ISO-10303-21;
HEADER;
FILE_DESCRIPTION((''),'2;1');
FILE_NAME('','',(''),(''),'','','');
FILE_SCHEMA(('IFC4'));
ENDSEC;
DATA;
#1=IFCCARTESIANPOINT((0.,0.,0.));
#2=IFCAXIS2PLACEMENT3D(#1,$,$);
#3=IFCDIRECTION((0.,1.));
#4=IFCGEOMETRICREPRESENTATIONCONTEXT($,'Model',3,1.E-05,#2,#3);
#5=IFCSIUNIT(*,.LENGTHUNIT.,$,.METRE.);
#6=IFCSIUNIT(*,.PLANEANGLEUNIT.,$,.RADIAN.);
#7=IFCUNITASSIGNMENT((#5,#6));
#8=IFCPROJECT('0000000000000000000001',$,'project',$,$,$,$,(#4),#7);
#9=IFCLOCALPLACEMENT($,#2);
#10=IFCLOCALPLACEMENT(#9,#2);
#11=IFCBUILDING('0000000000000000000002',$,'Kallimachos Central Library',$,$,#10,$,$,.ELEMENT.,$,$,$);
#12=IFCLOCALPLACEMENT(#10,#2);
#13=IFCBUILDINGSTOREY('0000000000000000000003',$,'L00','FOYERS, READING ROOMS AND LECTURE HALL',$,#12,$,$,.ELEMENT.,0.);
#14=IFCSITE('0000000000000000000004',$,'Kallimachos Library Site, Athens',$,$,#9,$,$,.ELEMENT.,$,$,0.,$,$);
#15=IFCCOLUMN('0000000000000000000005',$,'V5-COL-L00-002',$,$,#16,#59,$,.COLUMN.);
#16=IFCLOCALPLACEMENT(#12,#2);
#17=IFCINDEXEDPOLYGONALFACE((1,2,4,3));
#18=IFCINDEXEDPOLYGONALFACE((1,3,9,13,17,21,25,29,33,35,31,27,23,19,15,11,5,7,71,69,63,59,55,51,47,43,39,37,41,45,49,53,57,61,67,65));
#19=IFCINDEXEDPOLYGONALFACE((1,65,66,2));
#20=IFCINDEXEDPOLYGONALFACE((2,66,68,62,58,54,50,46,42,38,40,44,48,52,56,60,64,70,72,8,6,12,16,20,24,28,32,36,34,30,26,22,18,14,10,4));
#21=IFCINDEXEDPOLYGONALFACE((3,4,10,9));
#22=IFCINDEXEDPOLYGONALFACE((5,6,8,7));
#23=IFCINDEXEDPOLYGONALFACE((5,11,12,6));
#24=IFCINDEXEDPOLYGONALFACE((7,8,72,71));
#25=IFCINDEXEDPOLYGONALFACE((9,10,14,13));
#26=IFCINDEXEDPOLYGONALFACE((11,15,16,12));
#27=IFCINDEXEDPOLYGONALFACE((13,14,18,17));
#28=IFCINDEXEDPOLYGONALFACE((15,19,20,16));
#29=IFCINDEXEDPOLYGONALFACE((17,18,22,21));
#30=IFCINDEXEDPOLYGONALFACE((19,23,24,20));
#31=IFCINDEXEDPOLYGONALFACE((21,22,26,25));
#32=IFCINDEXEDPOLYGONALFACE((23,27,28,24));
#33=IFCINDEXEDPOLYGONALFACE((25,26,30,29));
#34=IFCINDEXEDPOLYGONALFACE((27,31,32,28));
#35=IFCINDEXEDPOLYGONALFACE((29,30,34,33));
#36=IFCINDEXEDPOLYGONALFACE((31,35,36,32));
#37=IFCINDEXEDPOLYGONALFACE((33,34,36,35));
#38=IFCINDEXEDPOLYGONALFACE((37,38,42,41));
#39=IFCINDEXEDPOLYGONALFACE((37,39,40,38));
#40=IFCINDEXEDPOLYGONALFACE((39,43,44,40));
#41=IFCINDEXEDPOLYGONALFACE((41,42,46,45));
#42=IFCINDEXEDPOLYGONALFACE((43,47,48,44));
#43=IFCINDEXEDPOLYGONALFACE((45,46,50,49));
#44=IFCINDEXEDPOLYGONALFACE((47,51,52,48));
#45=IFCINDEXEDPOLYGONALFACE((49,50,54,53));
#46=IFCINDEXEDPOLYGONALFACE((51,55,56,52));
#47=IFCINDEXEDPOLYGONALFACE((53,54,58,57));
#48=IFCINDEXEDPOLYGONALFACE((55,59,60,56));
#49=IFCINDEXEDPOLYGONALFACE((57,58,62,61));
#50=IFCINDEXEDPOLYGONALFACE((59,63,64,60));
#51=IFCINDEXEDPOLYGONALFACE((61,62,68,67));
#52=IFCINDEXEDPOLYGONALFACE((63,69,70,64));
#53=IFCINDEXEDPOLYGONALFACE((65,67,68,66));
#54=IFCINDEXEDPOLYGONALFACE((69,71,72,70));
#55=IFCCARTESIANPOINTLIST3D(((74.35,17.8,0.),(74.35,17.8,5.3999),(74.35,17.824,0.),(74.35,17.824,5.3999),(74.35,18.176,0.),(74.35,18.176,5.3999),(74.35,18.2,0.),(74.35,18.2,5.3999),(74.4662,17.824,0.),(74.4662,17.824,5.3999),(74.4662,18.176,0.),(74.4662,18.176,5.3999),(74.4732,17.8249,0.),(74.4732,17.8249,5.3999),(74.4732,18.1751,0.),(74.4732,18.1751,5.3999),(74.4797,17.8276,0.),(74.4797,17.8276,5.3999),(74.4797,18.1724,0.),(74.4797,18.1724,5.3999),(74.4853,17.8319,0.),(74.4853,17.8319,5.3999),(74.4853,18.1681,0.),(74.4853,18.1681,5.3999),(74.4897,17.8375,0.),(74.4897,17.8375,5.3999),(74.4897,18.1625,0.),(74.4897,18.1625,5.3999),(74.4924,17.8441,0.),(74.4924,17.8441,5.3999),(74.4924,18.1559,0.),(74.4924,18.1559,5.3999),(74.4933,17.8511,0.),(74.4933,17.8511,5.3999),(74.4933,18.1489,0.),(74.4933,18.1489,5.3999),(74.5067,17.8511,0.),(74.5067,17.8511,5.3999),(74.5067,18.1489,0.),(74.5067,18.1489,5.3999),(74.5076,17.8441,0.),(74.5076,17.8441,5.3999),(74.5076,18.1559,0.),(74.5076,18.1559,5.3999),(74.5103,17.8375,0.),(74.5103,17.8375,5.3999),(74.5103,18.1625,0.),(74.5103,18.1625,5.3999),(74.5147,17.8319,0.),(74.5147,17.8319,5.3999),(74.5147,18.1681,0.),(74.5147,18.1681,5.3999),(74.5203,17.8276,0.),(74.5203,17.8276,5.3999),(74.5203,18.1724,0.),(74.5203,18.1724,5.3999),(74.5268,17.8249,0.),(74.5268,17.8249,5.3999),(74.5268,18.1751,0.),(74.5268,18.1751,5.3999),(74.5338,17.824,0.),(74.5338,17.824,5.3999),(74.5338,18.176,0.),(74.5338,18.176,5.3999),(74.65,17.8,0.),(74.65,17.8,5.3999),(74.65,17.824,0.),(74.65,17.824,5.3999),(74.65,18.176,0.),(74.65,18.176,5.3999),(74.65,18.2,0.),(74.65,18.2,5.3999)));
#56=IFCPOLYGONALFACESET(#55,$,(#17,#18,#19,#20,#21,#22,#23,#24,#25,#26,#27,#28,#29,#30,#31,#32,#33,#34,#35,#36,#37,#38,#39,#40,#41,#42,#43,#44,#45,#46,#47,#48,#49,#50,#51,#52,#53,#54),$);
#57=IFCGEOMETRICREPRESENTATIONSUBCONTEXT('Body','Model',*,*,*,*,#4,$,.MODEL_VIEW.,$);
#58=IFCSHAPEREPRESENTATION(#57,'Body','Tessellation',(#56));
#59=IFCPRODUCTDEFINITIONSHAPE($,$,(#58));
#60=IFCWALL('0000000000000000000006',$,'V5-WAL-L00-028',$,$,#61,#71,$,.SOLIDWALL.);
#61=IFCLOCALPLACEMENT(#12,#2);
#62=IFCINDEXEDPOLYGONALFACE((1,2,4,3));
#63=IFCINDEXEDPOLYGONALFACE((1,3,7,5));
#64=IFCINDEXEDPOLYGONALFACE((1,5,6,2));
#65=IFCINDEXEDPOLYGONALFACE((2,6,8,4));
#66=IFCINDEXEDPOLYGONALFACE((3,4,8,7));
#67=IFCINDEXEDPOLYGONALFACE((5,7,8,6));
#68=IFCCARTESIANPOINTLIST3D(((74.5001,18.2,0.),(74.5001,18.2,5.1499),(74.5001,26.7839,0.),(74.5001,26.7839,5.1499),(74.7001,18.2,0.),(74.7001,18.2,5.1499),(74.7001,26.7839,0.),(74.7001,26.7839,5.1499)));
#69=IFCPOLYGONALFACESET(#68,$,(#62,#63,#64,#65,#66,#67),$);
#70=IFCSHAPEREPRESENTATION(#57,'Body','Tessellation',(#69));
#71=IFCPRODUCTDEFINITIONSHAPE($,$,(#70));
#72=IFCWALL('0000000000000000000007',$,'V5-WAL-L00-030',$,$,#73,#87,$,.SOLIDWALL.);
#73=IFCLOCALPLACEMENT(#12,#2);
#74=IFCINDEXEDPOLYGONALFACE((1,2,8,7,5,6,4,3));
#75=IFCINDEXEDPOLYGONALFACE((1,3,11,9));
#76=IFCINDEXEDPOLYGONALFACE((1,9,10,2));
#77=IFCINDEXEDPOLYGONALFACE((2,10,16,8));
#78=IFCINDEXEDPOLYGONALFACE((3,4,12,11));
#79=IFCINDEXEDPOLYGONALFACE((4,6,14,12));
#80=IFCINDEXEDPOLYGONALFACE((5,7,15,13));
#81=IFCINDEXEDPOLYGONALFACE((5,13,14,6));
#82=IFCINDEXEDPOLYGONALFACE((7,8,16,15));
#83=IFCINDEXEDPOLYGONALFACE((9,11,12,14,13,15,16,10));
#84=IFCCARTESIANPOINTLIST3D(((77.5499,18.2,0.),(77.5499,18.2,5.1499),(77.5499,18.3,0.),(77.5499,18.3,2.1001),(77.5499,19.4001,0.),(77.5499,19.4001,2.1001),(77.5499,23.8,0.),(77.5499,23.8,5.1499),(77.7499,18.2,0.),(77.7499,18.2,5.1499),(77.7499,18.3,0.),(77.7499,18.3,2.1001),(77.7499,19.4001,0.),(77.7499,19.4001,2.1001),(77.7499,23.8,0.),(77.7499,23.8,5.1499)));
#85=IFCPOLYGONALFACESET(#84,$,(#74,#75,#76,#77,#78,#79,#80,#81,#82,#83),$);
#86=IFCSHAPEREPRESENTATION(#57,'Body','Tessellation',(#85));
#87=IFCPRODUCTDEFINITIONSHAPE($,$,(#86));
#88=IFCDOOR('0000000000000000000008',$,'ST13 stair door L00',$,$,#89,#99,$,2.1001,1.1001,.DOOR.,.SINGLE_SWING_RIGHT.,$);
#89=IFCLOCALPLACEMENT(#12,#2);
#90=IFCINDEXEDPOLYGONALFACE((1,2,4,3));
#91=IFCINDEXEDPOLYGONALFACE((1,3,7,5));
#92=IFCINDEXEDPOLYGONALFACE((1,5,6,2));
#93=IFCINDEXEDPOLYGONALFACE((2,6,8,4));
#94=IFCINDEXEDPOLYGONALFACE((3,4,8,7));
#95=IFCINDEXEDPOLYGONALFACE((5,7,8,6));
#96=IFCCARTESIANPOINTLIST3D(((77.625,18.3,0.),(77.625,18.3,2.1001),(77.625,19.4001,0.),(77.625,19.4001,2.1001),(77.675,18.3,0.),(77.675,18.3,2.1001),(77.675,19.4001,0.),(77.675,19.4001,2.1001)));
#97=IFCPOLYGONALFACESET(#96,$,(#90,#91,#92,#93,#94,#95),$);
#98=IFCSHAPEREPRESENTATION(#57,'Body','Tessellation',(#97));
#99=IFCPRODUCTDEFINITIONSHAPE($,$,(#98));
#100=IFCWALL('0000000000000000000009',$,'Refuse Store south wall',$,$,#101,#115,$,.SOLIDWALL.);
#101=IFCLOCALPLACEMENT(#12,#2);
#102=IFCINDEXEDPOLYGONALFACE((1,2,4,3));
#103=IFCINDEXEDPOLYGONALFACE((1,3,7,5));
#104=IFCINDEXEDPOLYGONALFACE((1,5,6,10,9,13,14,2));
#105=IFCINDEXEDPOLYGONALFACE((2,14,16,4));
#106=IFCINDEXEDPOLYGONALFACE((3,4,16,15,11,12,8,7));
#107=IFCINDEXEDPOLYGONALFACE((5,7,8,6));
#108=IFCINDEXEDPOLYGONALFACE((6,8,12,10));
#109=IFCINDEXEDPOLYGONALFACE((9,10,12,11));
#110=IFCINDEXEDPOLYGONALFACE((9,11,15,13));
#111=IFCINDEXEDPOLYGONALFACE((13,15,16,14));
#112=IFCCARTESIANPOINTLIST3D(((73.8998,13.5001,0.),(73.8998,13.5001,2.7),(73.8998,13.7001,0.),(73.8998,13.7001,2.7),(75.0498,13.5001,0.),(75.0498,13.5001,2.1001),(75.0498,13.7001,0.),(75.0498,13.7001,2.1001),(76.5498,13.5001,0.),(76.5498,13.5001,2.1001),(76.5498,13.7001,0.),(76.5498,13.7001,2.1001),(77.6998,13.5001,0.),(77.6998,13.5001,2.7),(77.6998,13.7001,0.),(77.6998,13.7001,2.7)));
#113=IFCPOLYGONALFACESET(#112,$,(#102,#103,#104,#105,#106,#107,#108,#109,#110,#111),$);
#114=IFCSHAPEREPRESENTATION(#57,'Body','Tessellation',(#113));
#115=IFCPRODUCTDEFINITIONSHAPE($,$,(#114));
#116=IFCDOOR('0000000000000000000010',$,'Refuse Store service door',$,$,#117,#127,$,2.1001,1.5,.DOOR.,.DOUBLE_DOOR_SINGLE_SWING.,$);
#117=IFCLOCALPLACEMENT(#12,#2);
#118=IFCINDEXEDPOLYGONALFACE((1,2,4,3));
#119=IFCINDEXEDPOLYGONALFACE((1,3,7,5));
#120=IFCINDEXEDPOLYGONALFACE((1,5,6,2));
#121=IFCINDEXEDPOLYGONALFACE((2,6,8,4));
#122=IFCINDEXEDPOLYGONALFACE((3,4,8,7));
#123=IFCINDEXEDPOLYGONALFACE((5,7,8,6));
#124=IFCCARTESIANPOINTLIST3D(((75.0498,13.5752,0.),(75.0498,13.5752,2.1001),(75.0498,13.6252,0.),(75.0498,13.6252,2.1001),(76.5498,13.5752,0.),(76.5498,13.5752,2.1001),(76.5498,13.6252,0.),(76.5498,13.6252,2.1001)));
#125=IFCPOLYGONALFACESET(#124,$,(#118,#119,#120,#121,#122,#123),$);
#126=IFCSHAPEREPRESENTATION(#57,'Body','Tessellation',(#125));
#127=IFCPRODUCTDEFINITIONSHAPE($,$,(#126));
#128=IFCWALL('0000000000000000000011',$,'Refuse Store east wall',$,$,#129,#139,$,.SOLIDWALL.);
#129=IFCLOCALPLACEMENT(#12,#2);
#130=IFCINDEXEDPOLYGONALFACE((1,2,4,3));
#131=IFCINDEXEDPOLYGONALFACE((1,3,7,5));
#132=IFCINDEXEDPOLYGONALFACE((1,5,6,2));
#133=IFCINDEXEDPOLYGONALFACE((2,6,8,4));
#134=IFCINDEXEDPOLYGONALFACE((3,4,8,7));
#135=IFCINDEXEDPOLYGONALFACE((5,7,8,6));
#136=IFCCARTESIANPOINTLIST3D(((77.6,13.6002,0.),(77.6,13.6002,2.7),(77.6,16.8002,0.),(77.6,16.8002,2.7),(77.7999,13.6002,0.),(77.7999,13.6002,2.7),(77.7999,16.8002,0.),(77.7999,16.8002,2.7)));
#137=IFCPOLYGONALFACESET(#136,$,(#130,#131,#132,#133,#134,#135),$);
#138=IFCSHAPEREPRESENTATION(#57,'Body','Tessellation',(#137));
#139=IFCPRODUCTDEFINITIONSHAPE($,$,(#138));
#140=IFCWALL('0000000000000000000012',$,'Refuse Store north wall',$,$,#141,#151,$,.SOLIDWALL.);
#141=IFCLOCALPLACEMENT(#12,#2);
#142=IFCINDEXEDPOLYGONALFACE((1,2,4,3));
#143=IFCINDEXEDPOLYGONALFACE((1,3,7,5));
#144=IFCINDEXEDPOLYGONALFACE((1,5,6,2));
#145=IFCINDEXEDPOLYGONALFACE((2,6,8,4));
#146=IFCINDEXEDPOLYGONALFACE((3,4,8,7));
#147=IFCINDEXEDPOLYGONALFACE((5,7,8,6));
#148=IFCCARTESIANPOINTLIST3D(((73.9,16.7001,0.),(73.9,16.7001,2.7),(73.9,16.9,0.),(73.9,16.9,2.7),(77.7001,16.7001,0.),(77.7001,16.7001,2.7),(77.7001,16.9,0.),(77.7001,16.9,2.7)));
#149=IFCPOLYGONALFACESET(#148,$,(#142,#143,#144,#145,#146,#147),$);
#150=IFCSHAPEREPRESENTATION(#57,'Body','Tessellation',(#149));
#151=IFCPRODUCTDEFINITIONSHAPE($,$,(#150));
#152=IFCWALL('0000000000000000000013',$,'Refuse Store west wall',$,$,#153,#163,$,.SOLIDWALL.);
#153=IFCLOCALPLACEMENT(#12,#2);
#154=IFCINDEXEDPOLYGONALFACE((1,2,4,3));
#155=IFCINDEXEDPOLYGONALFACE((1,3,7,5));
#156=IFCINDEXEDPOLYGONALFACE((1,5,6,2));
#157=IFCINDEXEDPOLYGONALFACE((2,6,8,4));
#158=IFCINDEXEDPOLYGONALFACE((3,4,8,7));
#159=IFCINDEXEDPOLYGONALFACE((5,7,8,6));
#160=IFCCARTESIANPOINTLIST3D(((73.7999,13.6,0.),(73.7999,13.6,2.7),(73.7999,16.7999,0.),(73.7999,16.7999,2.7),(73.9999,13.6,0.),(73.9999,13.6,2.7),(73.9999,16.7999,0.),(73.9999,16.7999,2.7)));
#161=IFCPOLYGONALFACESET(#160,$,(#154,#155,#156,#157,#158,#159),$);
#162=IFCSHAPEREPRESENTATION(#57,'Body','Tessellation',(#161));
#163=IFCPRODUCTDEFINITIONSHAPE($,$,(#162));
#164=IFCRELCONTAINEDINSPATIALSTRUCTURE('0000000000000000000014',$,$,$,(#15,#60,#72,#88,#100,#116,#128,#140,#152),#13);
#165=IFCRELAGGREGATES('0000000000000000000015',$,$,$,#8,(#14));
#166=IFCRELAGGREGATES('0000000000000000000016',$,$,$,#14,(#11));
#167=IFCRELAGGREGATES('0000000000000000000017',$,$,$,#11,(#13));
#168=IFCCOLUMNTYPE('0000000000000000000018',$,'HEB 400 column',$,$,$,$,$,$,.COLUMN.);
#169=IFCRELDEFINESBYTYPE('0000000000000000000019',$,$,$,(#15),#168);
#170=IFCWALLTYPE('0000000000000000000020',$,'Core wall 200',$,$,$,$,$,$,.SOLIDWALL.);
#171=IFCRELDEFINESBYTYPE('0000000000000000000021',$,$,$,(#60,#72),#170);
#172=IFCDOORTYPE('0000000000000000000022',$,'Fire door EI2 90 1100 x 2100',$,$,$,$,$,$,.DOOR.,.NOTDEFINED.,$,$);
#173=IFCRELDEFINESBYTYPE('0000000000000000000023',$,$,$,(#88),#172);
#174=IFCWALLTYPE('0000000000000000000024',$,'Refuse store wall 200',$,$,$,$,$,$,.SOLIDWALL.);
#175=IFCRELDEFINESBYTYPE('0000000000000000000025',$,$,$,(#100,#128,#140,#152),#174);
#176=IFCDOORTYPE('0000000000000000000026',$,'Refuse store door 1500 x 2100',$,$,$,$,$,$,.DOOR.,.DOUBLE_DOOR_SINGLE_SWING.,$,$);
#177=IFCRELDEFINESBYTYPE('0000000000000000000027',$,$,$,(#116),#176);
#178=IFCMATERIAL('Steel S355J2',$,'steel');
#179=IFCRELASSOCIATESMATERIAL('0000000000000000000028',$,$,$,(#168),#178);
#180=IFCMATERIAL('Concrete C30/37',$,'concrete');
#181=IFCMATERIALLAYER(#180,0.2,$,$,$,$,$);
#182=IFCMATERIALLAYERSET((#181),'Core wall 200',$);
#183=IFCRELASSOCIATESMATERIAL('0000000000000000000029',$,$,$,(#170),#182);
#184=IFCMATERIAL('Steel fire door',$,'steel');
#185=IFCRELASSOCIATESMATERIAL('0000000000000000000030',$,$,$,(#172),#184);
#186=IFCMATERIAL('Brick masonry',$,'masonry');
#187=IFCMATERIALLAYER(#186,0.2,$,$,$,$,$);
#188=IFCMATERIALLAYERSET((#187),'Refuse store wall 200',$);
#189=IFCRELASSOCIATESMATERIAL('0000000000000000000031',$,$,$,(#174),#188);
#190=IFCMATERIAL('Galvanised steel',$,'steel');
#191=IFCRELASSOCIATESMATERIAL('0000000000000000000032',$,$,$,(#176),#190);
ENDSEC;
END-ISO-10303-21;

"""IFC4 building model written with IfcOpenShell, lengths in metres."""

from ifc_helpers import new_model, si_unit, direction, frame, frame_2d, origin, origin_2d, place, context, subcontext, project, spatial, rectangle, i_section, extrude, material, layer, layer_set, material_profile, profile_set, type_object, element, fill, save


model = new_model("IFC4")

# Units and contexts
model_context = context("Model", 3, precision=1e-05, world=origin(), true_north=direction((0.0, 1.0)))
body_context = subcontext(model_context, "Body", "Model", "MODEL_VIEW")
ifc_project = project(units=[si_unit("LENGTHUNIT", "METRE"), si_unit("PLANEANGLEUNIT", "RADIAN")], contexts=[model_context])

# Site, building, storey
site_placement = place(None, origin())
site = spatial("IfcSite", under=ifc_project, at=site_placement, Name="Kallimachos Library Site, Athens", CompositionType="ELEMENT", RefElevation=0.0)
building_placement = place(site_placement, origin())
building = spatial("IfcBuilding", under=site, at=building_placement, Name="Kallimachos Central Library", CompositionType="ELEMENT")
storey_placement = place(building_placement, origin())
storey = spatial("IfcBuildingStorey", under=building, at=storey_placement, Name="L00", Description="FOYERS, READING ROOMS AND LECTURE HALL", CompositionType="ELEMENT", Elevation=0.0)

# Column
ifc_material_1 = material(Name="Steel S355J2", Category="steel")
ifc_material_profile = material_profile(ifc_material_1, i_section(OverallWidth=0.3, OverallDepth=0.3999, WebThickness=0.0134, FlangeThickness=0.0239, FilletRadius=0.0271, at=origin_2d()), Name="HEB 400")
ifc_profile_set = profile_set([ifc_material_profile], Name="Steel S355J2")
column_type = type_object("IfcColumnType", Name="HEB 400 column", PredefinedType="COLUMN", material=ifc_profile_set)
column_placement = place(storey_placement, frame((74.5, 18.0, 0.0), z_axis=(0.0, 0.0, 1.0), x_axis=(1.0, 0.0, 0.0)))
element("IfcColumn", 1, at=column_placement, inside=storey, type_object=column_type, Name="V5-COL-L00-002", PredefinedType="COLUMN", context=body_context, shape_type="SweptSolid", body=[
    extrude(i_section(OverallWidth=0.3, OverallDepth=0.3999, WebThickness=0.0134, FlangeThickness=0.0239, FilletRadius=0.0271, at=origin_2d()), origin(), (0.0, 0.0, 1.0), 5.3999),
])

# Wall
ifc_material_2 = material(Name="Concrete C30/37", Category="concrete")
ifc_layer_1 = layer(ifc_material_2, 0.2)
ifc_layer_set_1 = layer_set([ifc_layer_1], Name="Core wall 200")
wall_type_1 = type_object("IfcWallType", Name="Core wall 200", PredefinedType="SOLIDWALL", material=ifc_layer_set_1)
wall_1_placement = place(storey_placement, frame((74.6001, 18.2, 0.0), z_axis=(0.0, 0.0, 1.0), x_axis=(0.0, 1.0, 0.0)))
element("IfcWall", 2, at=wall_1_placement, inside=storey, type_object=wall_type_1, Name="V5-WAL-L00-028", PredefinedType="SOLIDWALL", context=body_context, shape_type="SweptSolid", body=[
    extrude(rectangle(XDim=8.584, YDim=0.2, at=frame_2d((4.292, 0.0))), origin(), (0.0, 0.0, 1.0), 5.1499),
])

# Walls, openings, doors
wall_2_placement = place(storey_placement, frame((77.6499, 18.2, 0.0), z_axis=(0.0, 0.0, 1.0), x_axis=(0.0, 1.0, 0.0)))
wall_2 = element("IfcWall", 3, at=wall_2_placement, inside=storey, type_object=wall_type_1, Name="V5-WAL-L00-030", PredefinedType="SOLIDWALL", context=body_context, shape_type="SweptSolid", body=[
    extrude(rectangle(XDim=5.6001, YDim=0.2, at=frame_2d((2.8, 0.0))), origin(), (0.0, 0.0, 1.0), 5.1499),
])
opening_1_placement = place(wall_2_placement, frame((0.1001, 0.0, 0.0)))
opening_1 = element("IfcOpeningElement", 4, at=opening_1_placement, cuts=wall_2, PredefinedType="OPENING", context=body_context, shape_type="SweptSolid", body=[
    extrude(rectangle(XDim=1.1001, YDim=2.1001, at=frame_2d((0.55, 1.05))), frame((0.0, 0.1099, 0.0), z_axis=(0.0, -1.0, 0.0), x_axis=(1.0, 0.0, 0.0)), (0.0, 0.0, 1.0), 0.22),
])
ifc_material_3 = material(Name="Steel fire door", Category="steel")
door_type_1 = type_object("IfcDoorType", Name="Fire door EI2 90 1100 x 2100", OperationType="NOTDEFINED", PredefinedType="DOOR", material=ifc_material_3)
door_1_placement = place(opening_1_placement, origin())
door_1 = element("IfcDoor", 5, at=door_1_placement, inside=storey, type_object=door_type_1, Name="ST13 stair door L00", OperationType="SINGLE_SWING_RIGHT", OverallHeight=2.1001, OverallWidth=1.1001, PredefinedType="DOOR", context=body_context, shape_type="SweptSolid", body=[
    extrude(rectangle(XDim=1.1001, YDim=2.1001, at=frame_2d((0.55, 1.05))), frame((0.0, 0.0249, 0.0), z_axis=(0.0, -1.0, 0.0), x_axis=(1.0, 0.0, 0.0)), (0.0, 0.0, 1.0), 0.05),
])
fill(opening_1, door_1)
ifc_material_4 = material(Name="Brick masonry", Category="masonry")
ifc_layer_2 = layer(ifc_material_4, 0.2)
ifc_layer_set_2 = layer_set([ifc_layer_2], Name="Refuse store wall 200")
wall_type_2 = type_object("IfcWallType", Name="Refuse store wall 200", PredefinedType="SOLIDWALL", material=ifc_layer_set_2)
wall_3_placement = place(storey_placement, frame((73.8999, 13.6001, 0.0), z_axis=(0.0, 0.0, 1.0), x_axis=(1.0, 0.0, 0.0)))
wall_3 = element("IfcWall", 6, at=wall_3_placement, inside=storey, type_object=wall_type_2, Name="Refuse Store south wall", PredefinedType="SOLIDWALL", context=body_context, shape_type="SweptSolid", body=[
    extrude(rectangle(XDim=3.8, YDim=0.2, at=frame_2d((1.8999, 0.0))), origin(), (0.0, 0.0, 1.0), 2.7),
])
opening_2_placement = place(wall_3_placement, frame((1.1499, 0.0, 0.0)))
opening_2 = element("IfcOpeningElement", 7, at=opening_2_placement, cuts=wall_3, PredefinedType="OPENING", context=body_context, shape_type="SweptSolid", body=[
    extrude(rectangle(XDim=1.5, YDim=2.1001, at=frame_2d((0.75, 1.05))), frame((0.0, 0.1099, 0.0), z_axis=(0.0, -1.0, 0.0), x_axis=(1.0, 0.0, 0.0)), (0.0, 0.0, 1.0), 0.22),
])
ifc_material_5 = material(Name="Galvanised steel", Category="steel")
door_type_2 = type_object("IfcDoorType", Name="Refuse store door 1500 x 2100", OperationType="DOUBLE_DOOR_SINGLE_SWING", PredefinedType="DOOR", material=ifc_material_5)
door_2_placement = place(opening_2_placement, frame((1.5, 0.0, 0.0), z_axis=(0.0, 0.0, 1.0), x_axis=(-1.0, 0.0, 0.0)))
door_2 = element("IfcDoor", 8, at=door_2_placement, inside=storey, type_object=door_type_2, Name="Refuse Store service door", OperationType="DOUBLE_DOOR_SINGLE_SWING", OverallHeight=2.1001, OverallWidth=1.5, PredefinedType="DOOR", context=body_context, shape_type="SweptSolid", body=[
    extrude(rectangle(XDim=1.5, YDim=2.1001, at=frame_2d((0.75, 1.05))), frame((0.0, 0.0249, 0.0), z_axis=(0.0, -1.0, 0.0), x_axis=(1.0, 0.0, 0.0)), (0.0, 0.0, 1.0), 0.05),
])
fill(opening_2, door_2)

# Walls
wall_4_placement = place(storey_placement, frame((77.7, 13.6001, 0.0), z_axis=(0.0, 0.0, 1.0), x_axis=(0.0, 1.0, 0.0)))
element("IfcWall", 9, at=wall_4_placement, inside=storey, type_object=wall_type_2, Name="Refuse Store east wall", PredefinedType="SOLIDWALL", context=body_context, shape_type="SweptSolid", body=[
    extrude(rectangle(XDim=3.2, YDim=0.2, at=frame_2d((1.6001, 0.0))), origin(), (0.0, 0.0, 1.0), 2.7),
])
wall_5_placement = place(storey_placement, frame((77.7, 16.8, 0.0), z_axis=(0.0, 0.0, 1.0), x_axis=(-1.0, 0.0, 0.0)))
element("IfcWall", 10, at=wall_5_placement, inside=storey, type_object=wall_type_2, Name="Refuse Store north wall", PredefinedType="SOLIDWALL", context=body_context, shape_type="SweptSolid", body=[
    extrude(rectangle(XDim=3.8, YDim=0.2, at=frame_2d((1.8999, 0.0))), origin(), (0.0, 0.0, 1.0), 2.7),
])
wall_6_placement = place(storey_placement, frame((73.8999, 16.8, 0.0), z_axis=(0.0, 0.0, 1.0), x_axis=(0.0, -1.0, 0.0)))
element("IfcWall", 11, at=wall_6_placement, inside=storey, type_object=wall_type_2, Name="Refuse Store west wall", PredefinedType="SOLIDWALL", context=body_context, shape_type="SweptSolid", body=[
    extrude(rectangle(XDim=3.2, YDim=0.2, at=frame_2d((1.6001, 0.0))), origin(), (0.0, 0.0, 1.0), 2.7),
])

save(model, "model.ifc")
